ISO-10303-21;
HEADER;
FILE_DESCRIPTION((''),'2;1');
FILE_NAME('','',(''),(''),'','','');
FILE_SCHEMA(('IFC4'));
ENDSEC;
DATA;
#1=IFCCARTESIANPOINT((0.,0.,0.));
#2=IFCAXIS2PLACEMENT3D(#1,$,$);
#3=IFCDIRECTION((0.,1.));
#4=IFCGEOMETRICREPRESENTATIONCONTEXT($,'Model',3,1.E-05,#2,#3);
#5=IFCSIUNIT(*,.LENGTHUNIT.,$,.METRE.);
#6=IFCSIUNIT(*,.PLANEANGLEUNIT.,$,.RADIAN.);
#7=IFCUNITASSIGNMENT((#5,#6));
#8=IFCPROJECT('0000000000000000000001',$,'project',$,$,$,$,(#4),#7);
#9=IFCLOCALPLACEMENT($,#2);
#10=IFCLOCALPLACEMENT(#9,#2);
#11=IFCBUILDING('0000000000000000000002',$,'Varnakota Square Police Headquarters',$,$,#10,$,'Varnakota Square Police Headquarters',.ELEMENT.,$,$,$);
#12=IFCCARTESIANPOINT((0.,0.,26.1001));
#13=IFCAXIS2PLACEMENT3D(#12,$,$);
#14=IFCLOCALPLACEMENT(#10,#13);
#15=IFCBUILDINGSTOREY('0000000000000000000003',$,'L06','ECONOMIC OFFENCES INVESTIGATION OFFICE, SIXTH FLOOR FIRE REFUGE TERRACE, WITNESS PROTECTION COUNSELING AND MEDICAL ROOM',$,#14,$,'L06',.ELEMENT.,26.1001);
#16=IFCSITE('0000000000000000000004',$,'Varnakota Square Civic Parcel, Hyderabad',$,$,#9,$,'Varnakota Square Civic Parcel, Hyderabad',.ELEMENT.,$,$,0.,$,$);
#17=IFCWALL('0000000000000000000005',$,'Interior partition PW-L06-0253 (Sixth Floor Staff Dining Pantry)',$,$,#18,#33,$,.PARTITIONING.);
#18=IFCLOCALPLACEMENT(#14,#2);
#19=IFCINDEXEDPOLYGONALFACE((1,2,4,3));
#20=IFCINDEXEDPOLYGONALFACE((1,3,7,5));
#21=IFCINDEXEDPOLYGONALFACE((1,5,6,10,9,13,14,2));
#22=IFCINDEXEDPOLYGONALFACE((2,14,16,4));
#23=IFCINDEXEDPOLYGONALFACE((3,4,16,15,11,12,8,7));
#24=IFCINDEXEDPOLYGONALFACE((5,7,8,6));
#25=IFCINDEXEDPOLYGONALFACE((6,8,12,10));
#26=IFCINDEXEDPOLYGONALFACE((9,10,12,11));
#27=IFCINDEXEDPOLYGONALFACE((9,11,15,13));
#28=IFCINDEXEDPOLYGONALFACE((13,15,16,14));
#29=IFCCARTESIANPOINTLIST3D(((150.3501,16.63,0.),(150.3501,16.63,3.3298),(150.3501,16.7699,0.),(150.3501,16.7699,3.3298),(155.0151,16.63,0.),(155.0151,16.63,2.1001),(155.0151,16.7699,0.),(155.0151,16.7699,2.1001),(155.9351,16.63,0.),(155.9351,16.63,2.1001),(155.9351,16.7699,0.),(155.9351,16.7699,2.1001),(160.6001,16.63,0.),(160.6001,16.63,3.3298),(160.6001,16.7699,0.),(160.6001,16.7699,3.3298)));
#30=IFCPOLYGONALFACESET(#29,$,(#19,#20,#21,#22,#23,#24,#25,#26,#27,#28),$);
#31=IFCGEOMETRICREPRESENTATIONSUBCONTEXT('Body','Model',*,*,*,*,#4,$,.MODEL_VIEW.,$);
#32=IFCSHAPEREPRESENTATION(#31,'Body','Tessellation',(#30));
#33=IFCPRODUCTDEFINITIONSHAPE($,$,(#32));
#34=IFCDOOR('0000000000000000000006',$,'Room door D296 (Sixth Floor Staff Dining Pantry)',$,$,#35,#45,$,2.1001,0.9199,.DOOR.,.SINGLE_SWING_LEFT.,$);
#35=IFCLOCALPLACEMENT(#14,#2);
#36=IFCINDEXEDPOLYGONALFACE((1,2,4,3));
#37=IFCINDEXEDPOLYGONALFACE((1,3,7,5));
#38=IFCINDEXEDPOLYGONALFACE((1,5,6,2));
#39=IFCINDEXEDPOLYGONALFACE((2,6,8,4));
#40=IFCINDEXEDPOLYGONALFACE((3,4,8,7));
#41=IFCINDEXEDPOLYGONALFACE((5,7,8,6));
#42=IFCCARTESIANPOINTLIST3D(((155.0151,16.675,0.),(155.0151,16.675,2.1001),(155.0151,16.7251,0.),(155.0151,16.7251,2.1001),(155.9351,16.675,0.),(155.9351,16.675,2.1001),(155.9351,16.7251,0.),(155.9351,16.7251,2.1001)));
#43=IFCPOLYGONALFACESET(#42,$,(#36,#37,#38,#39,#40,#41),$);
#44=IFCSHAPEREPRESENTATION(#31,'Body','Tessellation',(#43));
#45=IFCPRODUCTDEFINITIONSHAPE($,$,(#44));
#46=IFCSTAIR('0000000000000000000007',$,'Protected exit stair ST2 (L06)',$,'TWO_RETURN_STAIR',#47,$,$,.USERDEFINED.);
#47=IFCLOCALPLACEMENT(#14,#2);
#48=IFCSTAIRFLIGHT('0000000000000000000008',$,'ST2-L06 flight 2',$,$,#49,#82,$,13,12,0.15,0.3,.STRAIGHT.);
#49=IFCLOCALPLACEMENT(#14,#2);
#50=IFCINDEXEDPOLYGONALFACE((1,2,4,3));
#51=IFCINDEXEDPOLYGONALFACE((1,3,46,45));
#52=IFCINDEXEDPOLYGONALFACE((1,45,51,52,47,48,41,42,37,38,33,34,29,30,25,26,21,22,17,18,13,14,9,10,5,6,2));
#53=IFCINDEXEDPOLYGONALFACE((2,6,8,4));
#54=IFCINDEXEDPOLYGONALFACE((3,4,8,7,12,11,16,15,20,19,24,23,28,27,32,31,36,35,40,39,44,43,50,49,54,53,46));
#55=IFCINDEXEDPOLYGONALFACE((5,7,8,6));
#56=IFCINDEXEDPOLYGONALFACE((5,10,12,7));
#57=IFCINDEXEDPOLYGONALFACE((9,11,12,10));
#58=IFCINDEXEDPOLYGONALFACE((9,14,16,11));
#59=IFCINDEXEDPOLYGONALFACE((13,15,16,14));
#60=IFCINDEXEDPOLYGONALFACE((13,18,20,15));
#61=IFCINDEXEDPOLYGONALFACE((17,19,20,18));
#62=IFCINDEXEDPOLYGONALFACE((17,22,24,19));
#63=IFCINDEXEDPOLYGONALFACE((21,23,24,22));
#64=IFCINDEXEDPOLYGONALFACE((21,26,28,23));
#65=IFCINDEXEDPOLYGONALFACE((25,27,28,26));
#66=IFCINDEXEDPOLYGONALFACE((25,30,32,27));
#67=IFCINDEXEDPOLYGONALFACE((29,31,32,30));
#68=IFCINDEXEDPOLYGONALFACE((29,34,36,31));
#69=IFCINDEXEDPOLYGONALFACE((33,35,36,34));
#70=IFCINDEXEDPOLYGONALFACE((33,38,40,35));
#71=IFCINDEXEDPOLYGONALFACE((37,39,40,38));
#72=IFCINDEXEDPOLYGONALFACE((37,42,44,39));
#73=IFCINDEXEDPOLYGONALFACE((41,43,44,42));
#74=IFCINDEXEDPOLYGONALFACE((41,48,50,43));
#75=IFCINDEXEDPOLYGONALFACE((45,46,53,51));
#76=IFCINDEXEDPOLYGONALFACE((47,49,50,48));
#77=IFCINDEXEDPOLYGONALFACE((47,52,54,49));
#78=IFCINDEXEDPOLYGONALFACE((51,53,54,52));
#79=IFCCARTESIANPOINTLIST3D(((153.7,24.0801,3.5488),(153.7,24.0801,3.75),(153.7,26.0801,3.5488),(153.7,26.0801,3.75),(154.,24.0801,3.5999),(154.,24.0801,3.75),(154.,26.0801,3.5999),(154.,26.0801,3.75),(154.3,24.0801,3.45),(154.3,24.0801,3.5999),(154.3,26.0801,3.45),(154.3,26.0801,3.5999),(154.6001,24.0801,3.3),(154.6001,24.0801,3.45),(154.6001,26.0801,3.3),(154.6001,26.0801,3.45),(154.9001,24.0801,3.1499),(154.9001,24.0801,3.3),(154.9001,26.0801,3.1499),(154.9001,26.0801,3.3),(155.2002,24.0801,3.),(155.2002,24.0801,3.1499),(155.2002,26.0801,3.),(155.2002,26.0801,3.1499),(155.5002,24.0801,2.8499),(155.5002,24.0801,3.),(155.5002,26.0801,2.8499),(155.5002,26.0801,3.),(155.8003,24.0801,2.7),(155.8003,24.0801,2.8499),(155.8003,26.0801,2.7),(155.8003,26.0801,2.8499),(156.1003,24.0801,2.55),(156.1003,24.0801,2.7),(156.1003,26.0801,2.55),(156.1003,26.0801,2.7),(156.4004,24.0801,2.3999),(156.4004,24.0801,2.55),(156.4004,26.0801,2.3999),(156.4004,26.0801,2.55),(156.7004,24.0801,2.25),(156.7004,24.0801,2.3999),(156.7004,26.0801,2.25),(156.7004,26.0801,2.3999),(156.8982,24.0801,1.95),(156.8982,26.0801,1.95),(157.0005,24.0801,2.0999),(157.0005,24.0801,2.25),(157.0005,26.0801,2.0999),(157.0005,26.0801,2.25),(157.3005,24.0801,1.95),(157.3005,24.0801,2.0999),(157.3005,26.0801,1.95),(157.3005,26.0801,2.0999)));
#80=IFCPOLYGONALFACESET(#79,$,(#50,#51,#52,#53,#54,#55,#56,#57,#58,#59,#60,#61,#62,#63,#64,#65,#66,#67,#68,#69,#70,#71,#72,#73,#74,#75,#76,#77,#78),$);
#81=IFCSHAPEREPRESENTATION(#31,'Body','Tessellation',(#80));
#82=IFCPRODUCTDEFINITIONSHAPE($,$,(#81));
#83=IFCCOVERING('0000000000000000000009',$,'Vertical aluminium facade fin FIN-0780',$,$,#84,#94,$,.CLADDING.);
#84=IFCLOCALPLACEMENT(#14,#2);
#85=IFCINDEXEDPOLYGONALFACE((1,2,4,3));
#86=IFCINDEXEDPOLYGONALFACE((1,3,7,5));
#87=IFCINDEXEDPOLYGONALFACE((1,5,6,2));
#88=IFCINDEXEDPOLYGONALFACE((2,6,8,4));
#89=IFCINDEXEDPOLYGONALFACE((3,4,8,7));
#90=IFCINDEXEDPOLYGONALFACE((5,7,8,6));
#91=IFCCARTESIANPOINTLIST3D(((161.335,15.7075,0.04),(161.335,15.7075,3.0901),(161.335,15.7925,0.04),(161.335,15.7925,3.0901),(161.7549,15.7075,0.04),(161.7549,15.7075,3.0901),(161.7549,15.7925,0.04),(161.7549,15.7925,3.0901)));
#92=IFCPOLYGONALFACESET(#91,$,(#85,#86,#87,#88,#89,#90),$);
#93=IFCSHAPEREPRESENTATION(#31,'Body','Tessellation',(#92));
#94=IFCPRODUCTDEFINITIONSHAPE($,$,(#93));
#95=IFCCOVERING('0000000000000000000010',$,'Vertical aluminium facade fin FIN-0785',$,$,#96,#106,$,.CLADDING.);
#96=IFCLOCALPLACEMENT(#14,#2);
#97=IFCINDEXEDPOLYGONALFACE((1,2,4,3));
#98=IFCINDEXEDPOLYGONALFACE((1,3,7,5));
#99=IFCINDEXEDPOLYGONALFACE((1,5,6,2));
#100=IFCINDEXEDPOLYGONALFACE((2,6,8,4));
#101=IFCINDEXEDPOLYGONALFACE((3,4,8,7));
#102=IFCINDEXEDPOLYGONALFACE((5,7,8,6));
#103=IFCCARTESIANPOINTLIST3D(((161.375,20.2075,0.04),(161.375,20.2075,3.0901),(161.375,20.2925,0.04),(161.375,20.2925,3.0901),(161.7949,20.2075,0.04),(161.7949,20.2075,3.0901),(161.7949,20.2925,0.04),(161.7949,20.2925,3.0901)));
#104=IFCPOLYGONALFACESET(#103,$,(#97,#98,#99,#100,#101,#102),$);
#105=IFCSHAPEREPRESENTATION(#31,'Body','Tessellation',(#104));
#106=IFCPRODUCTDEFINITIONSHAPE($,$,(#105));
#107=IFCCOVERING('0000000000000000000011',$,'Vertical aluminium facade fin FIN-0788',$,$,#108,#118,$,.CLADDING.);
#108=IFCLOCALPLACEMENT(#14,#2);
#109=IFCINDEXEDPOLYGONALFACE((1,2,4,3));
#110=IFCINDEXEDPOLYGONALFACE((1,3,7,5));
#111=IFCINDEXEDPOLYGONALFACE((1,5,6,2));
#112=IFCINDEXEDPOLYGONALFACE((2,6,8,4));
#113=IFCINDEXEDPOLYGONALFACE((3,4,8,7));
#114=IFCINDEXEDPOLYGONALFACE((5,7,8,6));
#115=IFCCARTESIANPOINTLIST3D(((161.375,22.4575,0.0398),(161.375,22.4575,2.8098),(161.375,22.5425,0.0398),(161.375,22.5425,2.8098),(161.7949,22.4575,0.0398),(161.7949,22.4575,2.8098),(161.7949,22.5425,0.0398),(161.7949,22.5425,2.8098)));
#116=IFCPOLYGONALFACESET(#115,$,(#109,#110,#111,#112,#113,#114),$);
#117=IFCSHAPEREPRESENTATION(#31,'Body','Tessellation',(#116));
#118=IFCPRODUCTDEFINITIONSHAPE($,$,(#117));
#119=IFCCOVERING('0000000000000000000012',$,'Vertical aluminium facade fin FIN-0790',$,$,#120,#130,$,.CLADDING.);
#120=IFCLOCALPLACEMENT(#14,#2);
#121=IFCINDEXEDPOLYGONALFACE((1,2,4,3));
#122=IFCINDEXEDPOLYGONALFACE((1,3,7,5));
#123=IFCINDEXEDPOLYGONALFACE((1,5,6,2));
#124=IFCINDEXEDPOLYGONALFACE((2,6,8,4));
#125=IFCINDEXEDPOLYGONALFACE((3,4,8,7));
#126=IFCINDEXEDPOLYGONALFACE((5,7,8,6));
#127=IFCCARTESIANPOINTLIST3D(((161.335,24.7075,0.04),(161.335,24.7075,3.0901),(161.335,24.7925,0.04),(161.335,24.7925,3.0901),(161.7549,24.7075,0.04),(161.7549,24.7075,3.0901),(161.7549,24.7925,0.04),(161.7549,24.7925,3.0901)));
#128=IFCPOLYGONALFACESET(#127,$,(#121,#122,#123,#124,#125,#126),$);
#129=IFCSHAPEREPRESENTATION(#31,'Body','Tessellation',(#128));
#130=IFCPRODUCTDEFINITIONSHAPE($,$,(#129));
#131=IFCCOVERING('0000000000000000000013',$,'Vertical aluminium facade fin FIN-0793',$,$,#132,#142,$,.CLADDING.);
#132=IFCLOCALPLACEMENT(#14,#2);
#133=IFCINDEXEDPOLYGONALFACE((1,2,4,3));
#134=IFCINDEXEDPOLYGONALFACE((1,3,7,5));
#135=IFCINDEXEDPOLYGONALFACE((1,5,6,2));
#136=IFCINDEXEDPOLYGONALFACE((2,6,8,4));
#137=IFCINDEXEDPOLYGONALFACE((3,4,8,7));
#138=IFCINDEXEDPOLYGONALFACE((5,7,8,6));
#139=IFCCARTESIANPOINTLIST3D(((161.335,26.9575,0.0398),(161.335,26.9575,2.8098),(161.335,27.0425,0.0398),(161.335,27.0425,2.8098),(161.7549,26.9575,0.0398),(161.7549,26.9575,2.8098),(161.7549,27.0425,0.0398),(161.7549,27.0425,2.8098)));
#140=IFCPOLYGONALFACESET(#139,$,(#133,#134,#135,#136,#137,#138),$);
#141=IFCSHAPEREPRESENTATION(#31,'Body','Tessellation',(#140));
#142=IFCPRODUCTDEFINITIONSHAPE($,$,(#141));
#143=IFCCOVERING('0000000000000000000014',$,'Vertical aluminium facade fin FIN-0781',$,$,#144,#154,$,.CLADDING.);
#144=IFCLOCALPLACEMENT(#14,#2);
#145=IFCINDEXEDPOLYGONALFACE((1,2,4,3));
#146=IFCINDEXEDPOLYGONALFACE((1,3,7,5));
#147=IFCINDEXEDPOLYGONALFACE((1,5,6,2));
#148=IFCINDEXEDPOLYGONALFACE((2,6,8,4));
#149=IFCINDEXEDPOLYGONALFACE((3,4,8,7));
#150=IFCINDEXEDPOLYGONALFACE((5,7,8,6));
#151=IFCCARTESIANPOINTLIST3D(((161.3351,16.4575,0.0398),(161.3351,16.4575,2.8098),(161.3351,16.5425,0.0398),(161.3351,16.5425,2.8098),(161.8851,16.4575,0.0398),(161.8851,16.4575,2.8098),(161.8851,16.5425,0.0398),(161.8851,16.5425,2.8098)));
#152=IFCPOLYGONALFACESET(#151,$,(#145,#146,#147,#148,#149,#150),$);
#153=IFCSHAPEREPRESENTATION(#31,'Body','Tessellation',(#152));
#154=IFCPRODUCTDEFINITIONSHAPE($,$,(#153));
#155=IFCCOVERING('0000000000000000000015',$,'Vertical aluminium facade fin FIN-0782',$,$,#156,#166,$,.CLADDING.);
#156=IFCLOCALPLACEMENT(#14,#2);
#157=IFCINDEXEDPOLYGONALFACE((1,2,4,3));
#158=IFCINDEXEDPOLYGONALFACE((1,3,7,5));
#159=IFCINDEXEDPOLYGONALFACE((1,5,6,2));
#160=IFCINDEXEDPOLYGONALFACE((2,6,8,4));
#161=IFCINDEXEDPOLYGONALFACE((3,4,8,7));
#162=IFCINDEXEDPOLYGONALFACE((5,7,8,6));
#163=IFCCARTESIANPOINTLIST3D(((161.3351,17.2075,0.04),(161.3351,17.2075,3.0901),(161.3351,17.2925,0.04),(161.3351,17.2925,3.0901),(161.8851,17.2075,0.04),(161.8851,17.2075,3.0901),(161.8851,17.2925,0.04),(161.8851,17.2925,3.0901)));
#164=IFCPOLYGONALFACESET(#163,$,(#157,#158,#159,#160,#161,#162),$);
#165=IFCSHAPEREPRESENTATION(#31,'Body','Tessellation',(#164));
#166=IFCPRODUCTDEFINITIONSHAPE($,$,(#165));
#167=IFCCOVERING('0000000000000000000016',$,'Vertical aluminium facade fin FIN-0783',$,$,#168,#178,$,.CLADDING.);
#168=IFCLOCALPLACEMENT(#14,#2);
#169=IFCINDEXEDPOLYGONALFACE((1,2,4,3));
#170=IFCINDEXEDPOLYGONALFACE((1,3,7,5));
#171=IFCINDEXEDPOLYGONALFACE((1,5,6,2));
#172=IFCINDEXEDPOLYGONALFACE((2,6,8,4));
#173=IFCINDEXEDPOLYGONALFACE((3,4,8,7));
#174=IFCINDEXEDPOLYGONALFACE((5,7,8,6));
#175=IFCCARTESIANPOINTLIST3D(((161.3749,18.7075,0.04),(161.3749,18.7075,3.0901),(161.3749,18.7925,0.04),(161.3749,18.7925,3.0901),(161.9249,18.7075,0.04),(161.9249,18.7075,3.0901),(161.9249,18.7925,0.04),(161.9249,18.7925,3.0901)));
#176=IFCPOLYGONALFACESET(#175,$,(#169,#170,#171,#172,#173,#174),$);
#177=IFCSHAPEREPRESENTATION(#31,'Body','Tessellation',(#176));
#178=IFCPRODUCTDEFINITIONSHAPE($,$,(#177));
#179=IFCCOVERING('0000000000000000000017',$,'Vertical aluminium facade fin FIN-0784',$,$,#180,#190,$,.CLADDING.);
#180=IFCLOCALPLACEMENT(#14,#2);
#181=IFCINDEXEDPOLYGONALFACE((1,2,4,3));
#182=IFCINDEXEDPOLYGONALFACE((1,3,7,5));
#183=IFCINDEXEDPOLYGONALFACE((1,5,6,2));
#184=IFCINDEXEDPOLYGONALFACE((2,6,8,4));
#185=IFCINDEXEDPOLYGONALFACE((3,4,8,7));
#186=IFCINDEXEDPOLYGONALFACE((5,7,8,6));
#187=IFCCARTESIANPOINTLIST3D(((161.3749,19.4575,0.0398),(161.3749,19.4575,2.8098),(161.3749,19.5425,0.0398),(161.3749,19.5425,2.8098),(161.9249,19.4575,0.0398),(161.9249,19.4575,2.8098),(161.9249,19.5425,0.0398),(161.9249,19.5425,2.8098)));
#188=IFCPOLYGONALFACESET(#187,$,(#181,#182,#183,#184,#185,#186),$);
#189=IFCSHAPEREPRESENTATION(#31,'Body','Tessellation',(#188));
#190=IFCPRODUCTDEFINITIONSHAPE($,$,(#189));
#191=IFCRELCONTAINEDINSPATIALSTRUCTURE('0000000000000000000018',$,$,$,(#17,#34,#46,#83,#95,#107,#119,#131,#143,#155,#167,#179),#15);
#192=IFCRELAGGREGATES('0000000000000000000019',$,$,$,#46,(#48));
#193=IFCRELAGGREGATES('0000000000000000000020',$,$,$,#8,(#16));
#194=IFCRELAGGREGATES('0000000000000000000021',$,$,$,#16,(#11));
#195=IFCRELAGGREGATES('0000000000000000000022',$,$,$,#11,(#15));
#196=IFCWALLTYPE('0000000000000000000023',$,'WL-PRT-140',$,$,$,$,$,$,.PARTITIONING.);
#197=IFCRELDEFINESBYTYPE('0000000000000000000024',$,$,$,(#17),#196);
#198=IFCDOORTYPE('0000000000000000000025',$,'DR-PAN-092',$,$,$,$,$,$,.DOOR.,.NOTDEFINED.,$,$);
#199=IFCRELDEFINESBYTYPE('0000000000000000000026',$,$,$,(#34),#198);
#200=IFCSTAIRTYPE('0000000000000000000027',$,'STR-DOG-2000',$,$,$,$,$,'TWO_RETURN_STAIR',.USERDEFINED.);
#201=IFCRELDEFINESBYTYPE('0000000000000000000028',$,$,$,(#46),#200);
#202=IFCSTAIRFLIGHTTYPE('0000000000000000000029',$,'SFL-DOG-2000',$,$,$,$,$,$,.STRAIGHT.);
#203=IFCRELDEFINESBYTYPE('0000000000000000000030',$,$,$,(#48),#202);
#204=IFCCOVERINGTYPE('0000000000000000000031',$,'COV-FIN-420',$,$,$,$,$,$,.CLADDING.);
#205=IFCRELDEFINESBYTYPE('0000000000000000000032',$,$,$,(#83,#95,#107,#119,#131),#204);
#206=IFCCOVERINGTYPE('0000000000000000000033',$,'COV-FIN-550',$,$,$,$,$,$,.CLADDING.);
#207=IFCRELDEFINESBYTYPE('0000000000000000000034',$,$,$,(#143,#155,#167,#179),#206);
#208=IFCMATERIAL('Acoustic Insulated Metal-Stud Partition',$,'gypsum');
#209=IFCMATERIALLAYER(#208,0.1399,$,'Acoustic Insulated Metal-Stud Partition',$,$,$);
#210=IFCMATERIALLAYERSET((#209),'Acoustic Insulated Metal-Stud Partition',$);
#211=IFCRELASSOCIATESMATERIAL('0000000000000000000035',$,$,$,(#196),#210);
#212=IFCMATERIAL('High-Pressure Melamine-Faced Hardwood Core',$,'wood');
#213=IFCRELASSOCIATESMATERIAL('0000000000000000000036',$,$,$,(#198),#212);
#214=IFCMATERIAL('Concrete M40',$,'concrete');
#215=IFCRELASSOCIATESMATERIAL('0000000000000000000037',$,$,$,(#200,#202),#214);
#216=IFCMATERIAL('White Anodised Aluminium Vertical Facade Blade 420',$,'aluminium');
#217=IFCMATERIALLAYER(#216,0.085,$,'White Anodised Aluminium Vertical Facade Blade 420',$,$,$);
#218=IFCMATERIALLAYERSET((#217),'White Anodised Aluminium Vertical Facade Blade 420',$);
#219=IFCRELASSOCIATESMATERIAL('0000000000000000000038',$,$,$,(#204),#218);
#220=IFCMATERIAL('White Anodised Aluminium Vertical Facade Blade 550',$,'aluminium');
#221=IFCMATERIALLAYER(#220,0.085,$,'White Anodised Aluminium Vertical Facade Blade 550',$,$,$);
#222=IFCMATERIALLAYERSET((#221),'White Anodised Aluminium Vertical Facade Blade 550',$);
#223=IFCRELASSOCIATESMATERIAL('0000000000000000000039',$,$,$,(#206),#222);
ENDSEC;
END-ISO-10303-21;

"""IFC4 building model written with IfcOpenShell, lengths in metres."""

from ifc_helpers import new_model, si_unit, direction, frame, frame_2d, origin, origin_2d, place, context, subcontext, project, spatial, polyline, rectangle, outline, extrude, material, layer, layer_set, type_object, element, fill, aggregate, save


model = new_model("IFC4")

# Units and contexts
model_context = context("Model", 3, precision=1e-05, world=origin(), true_north=direction((0.0, 1.0)))
body_context = subcontext(model_context, "Body", "Model", "MODEL_VIEW")
ifc_project = project(units=[si_unit("LENGTHUNIT", "METRE"), si_unit("PLANEANGLEUNIT", "RADIAN")], contexts=[model_context])

# Site, building, storey
site_placement = place(None, origin())
site = spatial("IfcSite", under=ifc_project, at=site_placement, Name="Varnakota Square Civic Parcel, Hyderabad", LongName="Varnakota Square Civic Parcel, Hyderabad", CompositionType="ELEMENT", RefElevation=0.0)
building_placement = place(site_placement, origin())
building = spatial("IfcBuilding", under=site, at=building_placement, Name="Varnakota Square Police Headquarters", LongName="Varnakota Square Police Headquarters", CompositionType="ELEMENT")
storey_placement = place(building_placement, frame((0.0, 0.0, 26.1001)))
storey = spatial("IfcBuildingStorey", under=building, at=storey_placement, Name="L06", Description="ECONOMIC OFFENCES INVESTIGATION OFFICE, SIXTH FLOOR FIRE REFUGE TERRACE, WITNESS PROTECTION COUNSELING AND MEDICAL ROOM", LongName="L06", CompositionType="ELEMENT", Elevation=26.1001)

# Shared definitions
ifc_material_1 = material(Name="Concrete M40", Category="concrete")

# Wall, opening, door
ifc_material_2 = material(Name="Acoustic Insulated Metal-Stud Partition", Category="gypsum")
ifc_layer_1 = layer(ifc_material_2, 0.1399, Name="Acoustic Insulated Metal-Stud Partition")
ifc_layer_set_1 = layer_set([ifc_layer_1], Name="Acoustic Insulated Metal-Stud Partition")
wall_type_1 = type_object("IfcWallType", Name="WL-PRT-140", PredefinedType="PARTITIONING", material=ifc_layer_set_1)
wall_1_placement = place(storey_placement, frame((160.6001, 16.7, 0.0), z_axis=(0.0, 0.0, 1.0), x_axis=(-1.0, 0.0, 0.0)))
wall_1 = element("IfcWall", 1, at=wall_1_placement, inside=storey, type_object=wall_type_1, Name="Interior partition PW-L06-0253 (Sixth Floor Staff Dining Pantry)", PredefinedType="PARTITIONING", context=body_context, shape_type="SweptSolid", body=[
    extrude(rectangle(XDim=10.25, YDim=0.1399, at=frame_2d((5.125, 0.0))), origin(), (0.0, 0.0, 1.0), 3.3298),
])
opening_placement = place(wall_1_placement, frame((4.665, 0.0, 0.0)))
opening = element("IfcOpeningElement", 2, at=opening_placement, cuts=wall_1, PredefinedType="OPENING", context=body_context, shape_type="SweptSolid", body=[
    extrude(rectangle(XDim=0.9199, YDim=2.1001, at=frame_2d((0.46, 1.05))), frame((0.0, 0.0798, 0.0), z_axis=(0.0, -1.0, 0.0), x_axis=(1.0, 0.0, 0.0)), (0.0, 0.0, 1.0), 0.1599),
])
ifc_material_3 = material(Name="High-Pressure Melamine-Faced Hardwood Core", Category="wood")
door_type = type_object("IfcDoorType", Name="DR-PAN-092", OperationType="NOTDEFINED", PredefinedType="DOOR", material=ifc_material_3)
door_placement = place(opening_placement, origin())
door = element("IfcDoor", 3, at=door_placement, inside=storey, type_object=door_type, Name="Room door D296 (Sixth Floor Staff Dining Pantry)", OperationType="SINGLE_SWING_LEFT", OverallHeight=2.1001, OverallWidth=0.9199, PredefinedType="DOOR", context=body_context, shape_type="SweptSolid", body=[
    extrude(rectangle(XDim=0.9199, YDim=2.1001, at=frame_2d((0.46, 1.05))), frame((0.0, 0.0249, 0.0), z_axis=(0.0, -1.0, 0.0), x_axis=(1.0, 0.0, 0.0)), (0.0, 0.0, 1.0), 0.05),
])
fill(opening, door)

# Stair, stair flight
stair_type = type_object("IfcStairType", Name="STR-DOG-2000", ElementType="TWO_RETURN_STAIR", PredefinedType="USERDEFINED", material=ifc_material_1)
stair_placement = place(storey_placement, origin())
stair = element("IfcStair", 4, at=stair_placement, inside=storey, type_object=stair_type, Name="Protected exit stair ST2 (L06)", ObjectType="TWO_RETURN_STAIR", PredefinedType="USERDEFINED")
stair_flight_type = type_object("IfcStairFlightType", Name="SFL-DOG-2000", PredefinedType="STRAIGHT", material=ifc_material_1)
stair_flight_placement = place(storey_placement, frame((157.3005, 25.0801, 1.95), z_axis=(0.0, 0.0, 1.0), x_axis=(-1.0, 0.0, 0.0)))
stair_flight = element("IfcStairFlight", 5, at=stair_flight_placement, type_object=stair_flight_type, Name="ST2-L06 flight 2", NumberOfRisers=13, NumberOfTreads=12, PredefinedType="STRAIGHT", RiserHeight=0.15, TreadLength=0.3, context=body_context, shape_type="SweptSolid", body=[
    extrude(outline(polyline([(0.0, 0.0), (0.0, 0.1499), (0.3, 0.1499), (0.3, 0.3), (0.6001, 0.3), (0.6001, 0.45), (0.9001, 0.45), (0.9001, 0.6001), (1.2002, 0.6001), (1.2002, 0.75), (1.5002, 0.75), (1.5002, 0.8999), (1.8003, 0.8999), (1.8003, 1.05), (2.1003, 1.05), (2.1003, 1.2), (2.4004, 1.2), (2.4004, 1.3501), (2.7004, 1.3501), (2.7004, 1.5), (3.0005, 1.5), (3.0005, 1.6499), (3.3005, 1.6499), (3.3005, 1.8), (3.6006, 1.8), (3.6006, 1.95), (3.6006, 1.5989), (0.4023, 0.0), (0.0, 0.0)])), frame((0.0, 1.0, 0.0), z_axis=(0.0, -1.0, 0.0), x_axis=(1.0, 0.0, 0.0)), (0.0, 0.0, 1.0), 2.0),
])
aggregate(stair, [stair_flight])

# Coverings
ifc_material_4 = material(Name="White Anodised Aluminium Vertical Facade Blade 420", Category="aluminium")
ifc_layer_2 = layer(ifc_material_4, 0.085, Name="White Anodised Aluminium Vertical Facade Blade 420")
ifc_layer_set_2 = layer_set([ifc_layer_2], Name="White Anodised Aluminium Vertical Facade Blade 420")
covering_type_1 = type_object("IfcCoveringType", Name="COV-FIN-420", PredefinedType="CLADDING", material=ifc_layer_set_2)
for number, where, z_axis, x_axis, name in (
    (6, (161.5449, 15.75, 0.04), (0.0, 0.0, 1.0), (0.0, 1.0, 0.0), "Vertical aluminium facade fin FIN-0780"),
    (7, (161.585, 20.25, 0.04), (0.0, 0.0, 1.0), (0.0, 1.0, 0.0), "Vertical aluminium facade fin FIN-0785"),
):
    element("IfcCovering", number, at=place(storey_placement, frame(where, z_axis=z_axis, x_axis=x_axis)), inside=storey, type_object=covering_type_1, Name=name, PredefinedType="CLADDING", context=body_context, shape_type="SweptSolid", body=[
        extrude(rectangle(XDim=0.085, YDim=0.4199, at=origin_2d()), origin(), (0.0, 0.0, 1.0), 3.05),
    ])
covering_1_placement = place(storey_placement, frame((161.585, 22.5, 0.0398), z_axis=(0.0, 0.0, 1.0), x_axis=(0.0, 1.0, 0.0)))
element("IfcCovering", 8, at=covering_1_placement, inside=storey, type_object=covering_type_1, Name="Vertical aluminium facade fin FIN-0788", PredefinedType="CLADDING", context=body_context, shape_type="SweptSolid", body=[
    extrude(rectangle(XDim=0.085, YDim=0.4199, at=origin_2d()), origin(), (0.0, 0.0, 1.0), 2.77),
])
covering_2_placement = place(storey_placement, frame((161.5449, 24.75, 0.04), z_axis=(0.0, 0.0, 1.0), x_axis=(0.0, 1.0, 0.0)))
element("IfcCovering", 9, at=covering_2_placement, inside=storey, type_object=covering_type_1, Name="Vertical aluminium facade fin FIN-0790", PredefinedType="CLADDING", context=body_context, shape_type="SweptSolid", body=[
    extrude(rectangle(XDim=0.085, YDim=0.4199, at=origin_2d()), origin(), (0.0, 0.0, 1.0), 3.05),
])
covering_3_placement = place(storey_placement, frame((161.5449, 27.0, 0.0398), z_axis=(0.0, 0.0, 1.0), x_axis=(0.0, 1.0, 0.0)))
element("IfcCovering", 10, at=covering_3_placement, inside=storey, type_object=covering_type_1, Name="Vertical aluminium facade fin FIN-0793", PredefinedType="CLADDING", context=body_context, shape_type="SweptSolid", body=[
    extrude(rectangle(XDim=0.085, YDim=0.4199, at=origin_2d()), origin(), (0.0, 0.0, 1.0), 2.77),
])
ifc_material_5 = material(Name="White Anodised Aluminium Vertical Facade Blade 550", Category="aluminium")
ifc_layer_3 = layer(ifc_material_5, 0.085, Name="White Anodised Aluminium Vertical Facade Blade 550")
ifc_layer_set_3 = layer_set([ifc_layer_3], Name="White Anodised Aluminium Vertical Facade Blade 550")
covering_type_2 = type_object("IfcCoveringType", Name="COV-FIN-550", PredefinedType="CLADDING", material=ifc_layer_set_3)
covering_4_placement = place(storey_placement, frame((161.6101, 16.5, 0.0398), z_axis=(0.0, 0.0, 1.0), x_axis=(0.0, 1.0, 0.0)))
element("IfcCovering", 11, at=covering_4_placement, inside=storey, type_object=covering_type_2, Name="Vertical aluminium facade fin FIN-0781", PredefinedType="CLADDING", context=body_context, shape_type="SweptSolid", body=[
    extrude(rectangle(XDim=0.085, YDim=0.55, at=origin_2d()), origin(), (0.0, 0.0, 1.0), 2.77),
])
for number, where, z_axis, x_axis, name in (
    (12, (161.6101, 17.25, 0.04), (0.0, 0.0, 1.0), (0.0, 1.0, 0.0), "Vertical aluminium facade fin FIN-0782"),
    (13, (161.6499, 18.75, 0.04), (0.0, 0.0, 1.0), (0.0, 1.0, 0.0), "Vertical aluminium facade fin FIN-0783"),
):
    element("IfcCovering", number, at=place(storey_placement, frame(where, z_axis=z_axis, x_axis=x_axis)), inside=storey, type_object=covering_type_2, Name=name, PredefinedType="CLADDING", context=body_context, shape_type="SweptSolid", body=[
        extrude(rectangle(XDim=0.085, YDim=0.55, at=origin_2d()), origin(), (0.0, 0.0, 1.0), 3.05),
    ])
for number, where, z_axis, x_axis, name in (
    (14, (161.6499, 19.5, 0.0398), (0.0, 0.0, 1.0), (0.0, 1.0, 0.0), "Vertical aluminium facade fin FIN-0784"),
):
    element("IfcCovering", number, at=place(storey_placement, frame(where, z_axis=z_axis, x_axis=x_axis)), inside=storey, type_object=covering_type_2, Name=name, PredefinedType="CLADDING", context=body_context, shape_type="SweptSolid", body=[
        extrude(rectangle(XDim=0.085, YDim=0.55, at=origin_2d()), origin(), (0.0, 0.0, 1.0), 2.77),
    ])

save(model, "model.ifc")
